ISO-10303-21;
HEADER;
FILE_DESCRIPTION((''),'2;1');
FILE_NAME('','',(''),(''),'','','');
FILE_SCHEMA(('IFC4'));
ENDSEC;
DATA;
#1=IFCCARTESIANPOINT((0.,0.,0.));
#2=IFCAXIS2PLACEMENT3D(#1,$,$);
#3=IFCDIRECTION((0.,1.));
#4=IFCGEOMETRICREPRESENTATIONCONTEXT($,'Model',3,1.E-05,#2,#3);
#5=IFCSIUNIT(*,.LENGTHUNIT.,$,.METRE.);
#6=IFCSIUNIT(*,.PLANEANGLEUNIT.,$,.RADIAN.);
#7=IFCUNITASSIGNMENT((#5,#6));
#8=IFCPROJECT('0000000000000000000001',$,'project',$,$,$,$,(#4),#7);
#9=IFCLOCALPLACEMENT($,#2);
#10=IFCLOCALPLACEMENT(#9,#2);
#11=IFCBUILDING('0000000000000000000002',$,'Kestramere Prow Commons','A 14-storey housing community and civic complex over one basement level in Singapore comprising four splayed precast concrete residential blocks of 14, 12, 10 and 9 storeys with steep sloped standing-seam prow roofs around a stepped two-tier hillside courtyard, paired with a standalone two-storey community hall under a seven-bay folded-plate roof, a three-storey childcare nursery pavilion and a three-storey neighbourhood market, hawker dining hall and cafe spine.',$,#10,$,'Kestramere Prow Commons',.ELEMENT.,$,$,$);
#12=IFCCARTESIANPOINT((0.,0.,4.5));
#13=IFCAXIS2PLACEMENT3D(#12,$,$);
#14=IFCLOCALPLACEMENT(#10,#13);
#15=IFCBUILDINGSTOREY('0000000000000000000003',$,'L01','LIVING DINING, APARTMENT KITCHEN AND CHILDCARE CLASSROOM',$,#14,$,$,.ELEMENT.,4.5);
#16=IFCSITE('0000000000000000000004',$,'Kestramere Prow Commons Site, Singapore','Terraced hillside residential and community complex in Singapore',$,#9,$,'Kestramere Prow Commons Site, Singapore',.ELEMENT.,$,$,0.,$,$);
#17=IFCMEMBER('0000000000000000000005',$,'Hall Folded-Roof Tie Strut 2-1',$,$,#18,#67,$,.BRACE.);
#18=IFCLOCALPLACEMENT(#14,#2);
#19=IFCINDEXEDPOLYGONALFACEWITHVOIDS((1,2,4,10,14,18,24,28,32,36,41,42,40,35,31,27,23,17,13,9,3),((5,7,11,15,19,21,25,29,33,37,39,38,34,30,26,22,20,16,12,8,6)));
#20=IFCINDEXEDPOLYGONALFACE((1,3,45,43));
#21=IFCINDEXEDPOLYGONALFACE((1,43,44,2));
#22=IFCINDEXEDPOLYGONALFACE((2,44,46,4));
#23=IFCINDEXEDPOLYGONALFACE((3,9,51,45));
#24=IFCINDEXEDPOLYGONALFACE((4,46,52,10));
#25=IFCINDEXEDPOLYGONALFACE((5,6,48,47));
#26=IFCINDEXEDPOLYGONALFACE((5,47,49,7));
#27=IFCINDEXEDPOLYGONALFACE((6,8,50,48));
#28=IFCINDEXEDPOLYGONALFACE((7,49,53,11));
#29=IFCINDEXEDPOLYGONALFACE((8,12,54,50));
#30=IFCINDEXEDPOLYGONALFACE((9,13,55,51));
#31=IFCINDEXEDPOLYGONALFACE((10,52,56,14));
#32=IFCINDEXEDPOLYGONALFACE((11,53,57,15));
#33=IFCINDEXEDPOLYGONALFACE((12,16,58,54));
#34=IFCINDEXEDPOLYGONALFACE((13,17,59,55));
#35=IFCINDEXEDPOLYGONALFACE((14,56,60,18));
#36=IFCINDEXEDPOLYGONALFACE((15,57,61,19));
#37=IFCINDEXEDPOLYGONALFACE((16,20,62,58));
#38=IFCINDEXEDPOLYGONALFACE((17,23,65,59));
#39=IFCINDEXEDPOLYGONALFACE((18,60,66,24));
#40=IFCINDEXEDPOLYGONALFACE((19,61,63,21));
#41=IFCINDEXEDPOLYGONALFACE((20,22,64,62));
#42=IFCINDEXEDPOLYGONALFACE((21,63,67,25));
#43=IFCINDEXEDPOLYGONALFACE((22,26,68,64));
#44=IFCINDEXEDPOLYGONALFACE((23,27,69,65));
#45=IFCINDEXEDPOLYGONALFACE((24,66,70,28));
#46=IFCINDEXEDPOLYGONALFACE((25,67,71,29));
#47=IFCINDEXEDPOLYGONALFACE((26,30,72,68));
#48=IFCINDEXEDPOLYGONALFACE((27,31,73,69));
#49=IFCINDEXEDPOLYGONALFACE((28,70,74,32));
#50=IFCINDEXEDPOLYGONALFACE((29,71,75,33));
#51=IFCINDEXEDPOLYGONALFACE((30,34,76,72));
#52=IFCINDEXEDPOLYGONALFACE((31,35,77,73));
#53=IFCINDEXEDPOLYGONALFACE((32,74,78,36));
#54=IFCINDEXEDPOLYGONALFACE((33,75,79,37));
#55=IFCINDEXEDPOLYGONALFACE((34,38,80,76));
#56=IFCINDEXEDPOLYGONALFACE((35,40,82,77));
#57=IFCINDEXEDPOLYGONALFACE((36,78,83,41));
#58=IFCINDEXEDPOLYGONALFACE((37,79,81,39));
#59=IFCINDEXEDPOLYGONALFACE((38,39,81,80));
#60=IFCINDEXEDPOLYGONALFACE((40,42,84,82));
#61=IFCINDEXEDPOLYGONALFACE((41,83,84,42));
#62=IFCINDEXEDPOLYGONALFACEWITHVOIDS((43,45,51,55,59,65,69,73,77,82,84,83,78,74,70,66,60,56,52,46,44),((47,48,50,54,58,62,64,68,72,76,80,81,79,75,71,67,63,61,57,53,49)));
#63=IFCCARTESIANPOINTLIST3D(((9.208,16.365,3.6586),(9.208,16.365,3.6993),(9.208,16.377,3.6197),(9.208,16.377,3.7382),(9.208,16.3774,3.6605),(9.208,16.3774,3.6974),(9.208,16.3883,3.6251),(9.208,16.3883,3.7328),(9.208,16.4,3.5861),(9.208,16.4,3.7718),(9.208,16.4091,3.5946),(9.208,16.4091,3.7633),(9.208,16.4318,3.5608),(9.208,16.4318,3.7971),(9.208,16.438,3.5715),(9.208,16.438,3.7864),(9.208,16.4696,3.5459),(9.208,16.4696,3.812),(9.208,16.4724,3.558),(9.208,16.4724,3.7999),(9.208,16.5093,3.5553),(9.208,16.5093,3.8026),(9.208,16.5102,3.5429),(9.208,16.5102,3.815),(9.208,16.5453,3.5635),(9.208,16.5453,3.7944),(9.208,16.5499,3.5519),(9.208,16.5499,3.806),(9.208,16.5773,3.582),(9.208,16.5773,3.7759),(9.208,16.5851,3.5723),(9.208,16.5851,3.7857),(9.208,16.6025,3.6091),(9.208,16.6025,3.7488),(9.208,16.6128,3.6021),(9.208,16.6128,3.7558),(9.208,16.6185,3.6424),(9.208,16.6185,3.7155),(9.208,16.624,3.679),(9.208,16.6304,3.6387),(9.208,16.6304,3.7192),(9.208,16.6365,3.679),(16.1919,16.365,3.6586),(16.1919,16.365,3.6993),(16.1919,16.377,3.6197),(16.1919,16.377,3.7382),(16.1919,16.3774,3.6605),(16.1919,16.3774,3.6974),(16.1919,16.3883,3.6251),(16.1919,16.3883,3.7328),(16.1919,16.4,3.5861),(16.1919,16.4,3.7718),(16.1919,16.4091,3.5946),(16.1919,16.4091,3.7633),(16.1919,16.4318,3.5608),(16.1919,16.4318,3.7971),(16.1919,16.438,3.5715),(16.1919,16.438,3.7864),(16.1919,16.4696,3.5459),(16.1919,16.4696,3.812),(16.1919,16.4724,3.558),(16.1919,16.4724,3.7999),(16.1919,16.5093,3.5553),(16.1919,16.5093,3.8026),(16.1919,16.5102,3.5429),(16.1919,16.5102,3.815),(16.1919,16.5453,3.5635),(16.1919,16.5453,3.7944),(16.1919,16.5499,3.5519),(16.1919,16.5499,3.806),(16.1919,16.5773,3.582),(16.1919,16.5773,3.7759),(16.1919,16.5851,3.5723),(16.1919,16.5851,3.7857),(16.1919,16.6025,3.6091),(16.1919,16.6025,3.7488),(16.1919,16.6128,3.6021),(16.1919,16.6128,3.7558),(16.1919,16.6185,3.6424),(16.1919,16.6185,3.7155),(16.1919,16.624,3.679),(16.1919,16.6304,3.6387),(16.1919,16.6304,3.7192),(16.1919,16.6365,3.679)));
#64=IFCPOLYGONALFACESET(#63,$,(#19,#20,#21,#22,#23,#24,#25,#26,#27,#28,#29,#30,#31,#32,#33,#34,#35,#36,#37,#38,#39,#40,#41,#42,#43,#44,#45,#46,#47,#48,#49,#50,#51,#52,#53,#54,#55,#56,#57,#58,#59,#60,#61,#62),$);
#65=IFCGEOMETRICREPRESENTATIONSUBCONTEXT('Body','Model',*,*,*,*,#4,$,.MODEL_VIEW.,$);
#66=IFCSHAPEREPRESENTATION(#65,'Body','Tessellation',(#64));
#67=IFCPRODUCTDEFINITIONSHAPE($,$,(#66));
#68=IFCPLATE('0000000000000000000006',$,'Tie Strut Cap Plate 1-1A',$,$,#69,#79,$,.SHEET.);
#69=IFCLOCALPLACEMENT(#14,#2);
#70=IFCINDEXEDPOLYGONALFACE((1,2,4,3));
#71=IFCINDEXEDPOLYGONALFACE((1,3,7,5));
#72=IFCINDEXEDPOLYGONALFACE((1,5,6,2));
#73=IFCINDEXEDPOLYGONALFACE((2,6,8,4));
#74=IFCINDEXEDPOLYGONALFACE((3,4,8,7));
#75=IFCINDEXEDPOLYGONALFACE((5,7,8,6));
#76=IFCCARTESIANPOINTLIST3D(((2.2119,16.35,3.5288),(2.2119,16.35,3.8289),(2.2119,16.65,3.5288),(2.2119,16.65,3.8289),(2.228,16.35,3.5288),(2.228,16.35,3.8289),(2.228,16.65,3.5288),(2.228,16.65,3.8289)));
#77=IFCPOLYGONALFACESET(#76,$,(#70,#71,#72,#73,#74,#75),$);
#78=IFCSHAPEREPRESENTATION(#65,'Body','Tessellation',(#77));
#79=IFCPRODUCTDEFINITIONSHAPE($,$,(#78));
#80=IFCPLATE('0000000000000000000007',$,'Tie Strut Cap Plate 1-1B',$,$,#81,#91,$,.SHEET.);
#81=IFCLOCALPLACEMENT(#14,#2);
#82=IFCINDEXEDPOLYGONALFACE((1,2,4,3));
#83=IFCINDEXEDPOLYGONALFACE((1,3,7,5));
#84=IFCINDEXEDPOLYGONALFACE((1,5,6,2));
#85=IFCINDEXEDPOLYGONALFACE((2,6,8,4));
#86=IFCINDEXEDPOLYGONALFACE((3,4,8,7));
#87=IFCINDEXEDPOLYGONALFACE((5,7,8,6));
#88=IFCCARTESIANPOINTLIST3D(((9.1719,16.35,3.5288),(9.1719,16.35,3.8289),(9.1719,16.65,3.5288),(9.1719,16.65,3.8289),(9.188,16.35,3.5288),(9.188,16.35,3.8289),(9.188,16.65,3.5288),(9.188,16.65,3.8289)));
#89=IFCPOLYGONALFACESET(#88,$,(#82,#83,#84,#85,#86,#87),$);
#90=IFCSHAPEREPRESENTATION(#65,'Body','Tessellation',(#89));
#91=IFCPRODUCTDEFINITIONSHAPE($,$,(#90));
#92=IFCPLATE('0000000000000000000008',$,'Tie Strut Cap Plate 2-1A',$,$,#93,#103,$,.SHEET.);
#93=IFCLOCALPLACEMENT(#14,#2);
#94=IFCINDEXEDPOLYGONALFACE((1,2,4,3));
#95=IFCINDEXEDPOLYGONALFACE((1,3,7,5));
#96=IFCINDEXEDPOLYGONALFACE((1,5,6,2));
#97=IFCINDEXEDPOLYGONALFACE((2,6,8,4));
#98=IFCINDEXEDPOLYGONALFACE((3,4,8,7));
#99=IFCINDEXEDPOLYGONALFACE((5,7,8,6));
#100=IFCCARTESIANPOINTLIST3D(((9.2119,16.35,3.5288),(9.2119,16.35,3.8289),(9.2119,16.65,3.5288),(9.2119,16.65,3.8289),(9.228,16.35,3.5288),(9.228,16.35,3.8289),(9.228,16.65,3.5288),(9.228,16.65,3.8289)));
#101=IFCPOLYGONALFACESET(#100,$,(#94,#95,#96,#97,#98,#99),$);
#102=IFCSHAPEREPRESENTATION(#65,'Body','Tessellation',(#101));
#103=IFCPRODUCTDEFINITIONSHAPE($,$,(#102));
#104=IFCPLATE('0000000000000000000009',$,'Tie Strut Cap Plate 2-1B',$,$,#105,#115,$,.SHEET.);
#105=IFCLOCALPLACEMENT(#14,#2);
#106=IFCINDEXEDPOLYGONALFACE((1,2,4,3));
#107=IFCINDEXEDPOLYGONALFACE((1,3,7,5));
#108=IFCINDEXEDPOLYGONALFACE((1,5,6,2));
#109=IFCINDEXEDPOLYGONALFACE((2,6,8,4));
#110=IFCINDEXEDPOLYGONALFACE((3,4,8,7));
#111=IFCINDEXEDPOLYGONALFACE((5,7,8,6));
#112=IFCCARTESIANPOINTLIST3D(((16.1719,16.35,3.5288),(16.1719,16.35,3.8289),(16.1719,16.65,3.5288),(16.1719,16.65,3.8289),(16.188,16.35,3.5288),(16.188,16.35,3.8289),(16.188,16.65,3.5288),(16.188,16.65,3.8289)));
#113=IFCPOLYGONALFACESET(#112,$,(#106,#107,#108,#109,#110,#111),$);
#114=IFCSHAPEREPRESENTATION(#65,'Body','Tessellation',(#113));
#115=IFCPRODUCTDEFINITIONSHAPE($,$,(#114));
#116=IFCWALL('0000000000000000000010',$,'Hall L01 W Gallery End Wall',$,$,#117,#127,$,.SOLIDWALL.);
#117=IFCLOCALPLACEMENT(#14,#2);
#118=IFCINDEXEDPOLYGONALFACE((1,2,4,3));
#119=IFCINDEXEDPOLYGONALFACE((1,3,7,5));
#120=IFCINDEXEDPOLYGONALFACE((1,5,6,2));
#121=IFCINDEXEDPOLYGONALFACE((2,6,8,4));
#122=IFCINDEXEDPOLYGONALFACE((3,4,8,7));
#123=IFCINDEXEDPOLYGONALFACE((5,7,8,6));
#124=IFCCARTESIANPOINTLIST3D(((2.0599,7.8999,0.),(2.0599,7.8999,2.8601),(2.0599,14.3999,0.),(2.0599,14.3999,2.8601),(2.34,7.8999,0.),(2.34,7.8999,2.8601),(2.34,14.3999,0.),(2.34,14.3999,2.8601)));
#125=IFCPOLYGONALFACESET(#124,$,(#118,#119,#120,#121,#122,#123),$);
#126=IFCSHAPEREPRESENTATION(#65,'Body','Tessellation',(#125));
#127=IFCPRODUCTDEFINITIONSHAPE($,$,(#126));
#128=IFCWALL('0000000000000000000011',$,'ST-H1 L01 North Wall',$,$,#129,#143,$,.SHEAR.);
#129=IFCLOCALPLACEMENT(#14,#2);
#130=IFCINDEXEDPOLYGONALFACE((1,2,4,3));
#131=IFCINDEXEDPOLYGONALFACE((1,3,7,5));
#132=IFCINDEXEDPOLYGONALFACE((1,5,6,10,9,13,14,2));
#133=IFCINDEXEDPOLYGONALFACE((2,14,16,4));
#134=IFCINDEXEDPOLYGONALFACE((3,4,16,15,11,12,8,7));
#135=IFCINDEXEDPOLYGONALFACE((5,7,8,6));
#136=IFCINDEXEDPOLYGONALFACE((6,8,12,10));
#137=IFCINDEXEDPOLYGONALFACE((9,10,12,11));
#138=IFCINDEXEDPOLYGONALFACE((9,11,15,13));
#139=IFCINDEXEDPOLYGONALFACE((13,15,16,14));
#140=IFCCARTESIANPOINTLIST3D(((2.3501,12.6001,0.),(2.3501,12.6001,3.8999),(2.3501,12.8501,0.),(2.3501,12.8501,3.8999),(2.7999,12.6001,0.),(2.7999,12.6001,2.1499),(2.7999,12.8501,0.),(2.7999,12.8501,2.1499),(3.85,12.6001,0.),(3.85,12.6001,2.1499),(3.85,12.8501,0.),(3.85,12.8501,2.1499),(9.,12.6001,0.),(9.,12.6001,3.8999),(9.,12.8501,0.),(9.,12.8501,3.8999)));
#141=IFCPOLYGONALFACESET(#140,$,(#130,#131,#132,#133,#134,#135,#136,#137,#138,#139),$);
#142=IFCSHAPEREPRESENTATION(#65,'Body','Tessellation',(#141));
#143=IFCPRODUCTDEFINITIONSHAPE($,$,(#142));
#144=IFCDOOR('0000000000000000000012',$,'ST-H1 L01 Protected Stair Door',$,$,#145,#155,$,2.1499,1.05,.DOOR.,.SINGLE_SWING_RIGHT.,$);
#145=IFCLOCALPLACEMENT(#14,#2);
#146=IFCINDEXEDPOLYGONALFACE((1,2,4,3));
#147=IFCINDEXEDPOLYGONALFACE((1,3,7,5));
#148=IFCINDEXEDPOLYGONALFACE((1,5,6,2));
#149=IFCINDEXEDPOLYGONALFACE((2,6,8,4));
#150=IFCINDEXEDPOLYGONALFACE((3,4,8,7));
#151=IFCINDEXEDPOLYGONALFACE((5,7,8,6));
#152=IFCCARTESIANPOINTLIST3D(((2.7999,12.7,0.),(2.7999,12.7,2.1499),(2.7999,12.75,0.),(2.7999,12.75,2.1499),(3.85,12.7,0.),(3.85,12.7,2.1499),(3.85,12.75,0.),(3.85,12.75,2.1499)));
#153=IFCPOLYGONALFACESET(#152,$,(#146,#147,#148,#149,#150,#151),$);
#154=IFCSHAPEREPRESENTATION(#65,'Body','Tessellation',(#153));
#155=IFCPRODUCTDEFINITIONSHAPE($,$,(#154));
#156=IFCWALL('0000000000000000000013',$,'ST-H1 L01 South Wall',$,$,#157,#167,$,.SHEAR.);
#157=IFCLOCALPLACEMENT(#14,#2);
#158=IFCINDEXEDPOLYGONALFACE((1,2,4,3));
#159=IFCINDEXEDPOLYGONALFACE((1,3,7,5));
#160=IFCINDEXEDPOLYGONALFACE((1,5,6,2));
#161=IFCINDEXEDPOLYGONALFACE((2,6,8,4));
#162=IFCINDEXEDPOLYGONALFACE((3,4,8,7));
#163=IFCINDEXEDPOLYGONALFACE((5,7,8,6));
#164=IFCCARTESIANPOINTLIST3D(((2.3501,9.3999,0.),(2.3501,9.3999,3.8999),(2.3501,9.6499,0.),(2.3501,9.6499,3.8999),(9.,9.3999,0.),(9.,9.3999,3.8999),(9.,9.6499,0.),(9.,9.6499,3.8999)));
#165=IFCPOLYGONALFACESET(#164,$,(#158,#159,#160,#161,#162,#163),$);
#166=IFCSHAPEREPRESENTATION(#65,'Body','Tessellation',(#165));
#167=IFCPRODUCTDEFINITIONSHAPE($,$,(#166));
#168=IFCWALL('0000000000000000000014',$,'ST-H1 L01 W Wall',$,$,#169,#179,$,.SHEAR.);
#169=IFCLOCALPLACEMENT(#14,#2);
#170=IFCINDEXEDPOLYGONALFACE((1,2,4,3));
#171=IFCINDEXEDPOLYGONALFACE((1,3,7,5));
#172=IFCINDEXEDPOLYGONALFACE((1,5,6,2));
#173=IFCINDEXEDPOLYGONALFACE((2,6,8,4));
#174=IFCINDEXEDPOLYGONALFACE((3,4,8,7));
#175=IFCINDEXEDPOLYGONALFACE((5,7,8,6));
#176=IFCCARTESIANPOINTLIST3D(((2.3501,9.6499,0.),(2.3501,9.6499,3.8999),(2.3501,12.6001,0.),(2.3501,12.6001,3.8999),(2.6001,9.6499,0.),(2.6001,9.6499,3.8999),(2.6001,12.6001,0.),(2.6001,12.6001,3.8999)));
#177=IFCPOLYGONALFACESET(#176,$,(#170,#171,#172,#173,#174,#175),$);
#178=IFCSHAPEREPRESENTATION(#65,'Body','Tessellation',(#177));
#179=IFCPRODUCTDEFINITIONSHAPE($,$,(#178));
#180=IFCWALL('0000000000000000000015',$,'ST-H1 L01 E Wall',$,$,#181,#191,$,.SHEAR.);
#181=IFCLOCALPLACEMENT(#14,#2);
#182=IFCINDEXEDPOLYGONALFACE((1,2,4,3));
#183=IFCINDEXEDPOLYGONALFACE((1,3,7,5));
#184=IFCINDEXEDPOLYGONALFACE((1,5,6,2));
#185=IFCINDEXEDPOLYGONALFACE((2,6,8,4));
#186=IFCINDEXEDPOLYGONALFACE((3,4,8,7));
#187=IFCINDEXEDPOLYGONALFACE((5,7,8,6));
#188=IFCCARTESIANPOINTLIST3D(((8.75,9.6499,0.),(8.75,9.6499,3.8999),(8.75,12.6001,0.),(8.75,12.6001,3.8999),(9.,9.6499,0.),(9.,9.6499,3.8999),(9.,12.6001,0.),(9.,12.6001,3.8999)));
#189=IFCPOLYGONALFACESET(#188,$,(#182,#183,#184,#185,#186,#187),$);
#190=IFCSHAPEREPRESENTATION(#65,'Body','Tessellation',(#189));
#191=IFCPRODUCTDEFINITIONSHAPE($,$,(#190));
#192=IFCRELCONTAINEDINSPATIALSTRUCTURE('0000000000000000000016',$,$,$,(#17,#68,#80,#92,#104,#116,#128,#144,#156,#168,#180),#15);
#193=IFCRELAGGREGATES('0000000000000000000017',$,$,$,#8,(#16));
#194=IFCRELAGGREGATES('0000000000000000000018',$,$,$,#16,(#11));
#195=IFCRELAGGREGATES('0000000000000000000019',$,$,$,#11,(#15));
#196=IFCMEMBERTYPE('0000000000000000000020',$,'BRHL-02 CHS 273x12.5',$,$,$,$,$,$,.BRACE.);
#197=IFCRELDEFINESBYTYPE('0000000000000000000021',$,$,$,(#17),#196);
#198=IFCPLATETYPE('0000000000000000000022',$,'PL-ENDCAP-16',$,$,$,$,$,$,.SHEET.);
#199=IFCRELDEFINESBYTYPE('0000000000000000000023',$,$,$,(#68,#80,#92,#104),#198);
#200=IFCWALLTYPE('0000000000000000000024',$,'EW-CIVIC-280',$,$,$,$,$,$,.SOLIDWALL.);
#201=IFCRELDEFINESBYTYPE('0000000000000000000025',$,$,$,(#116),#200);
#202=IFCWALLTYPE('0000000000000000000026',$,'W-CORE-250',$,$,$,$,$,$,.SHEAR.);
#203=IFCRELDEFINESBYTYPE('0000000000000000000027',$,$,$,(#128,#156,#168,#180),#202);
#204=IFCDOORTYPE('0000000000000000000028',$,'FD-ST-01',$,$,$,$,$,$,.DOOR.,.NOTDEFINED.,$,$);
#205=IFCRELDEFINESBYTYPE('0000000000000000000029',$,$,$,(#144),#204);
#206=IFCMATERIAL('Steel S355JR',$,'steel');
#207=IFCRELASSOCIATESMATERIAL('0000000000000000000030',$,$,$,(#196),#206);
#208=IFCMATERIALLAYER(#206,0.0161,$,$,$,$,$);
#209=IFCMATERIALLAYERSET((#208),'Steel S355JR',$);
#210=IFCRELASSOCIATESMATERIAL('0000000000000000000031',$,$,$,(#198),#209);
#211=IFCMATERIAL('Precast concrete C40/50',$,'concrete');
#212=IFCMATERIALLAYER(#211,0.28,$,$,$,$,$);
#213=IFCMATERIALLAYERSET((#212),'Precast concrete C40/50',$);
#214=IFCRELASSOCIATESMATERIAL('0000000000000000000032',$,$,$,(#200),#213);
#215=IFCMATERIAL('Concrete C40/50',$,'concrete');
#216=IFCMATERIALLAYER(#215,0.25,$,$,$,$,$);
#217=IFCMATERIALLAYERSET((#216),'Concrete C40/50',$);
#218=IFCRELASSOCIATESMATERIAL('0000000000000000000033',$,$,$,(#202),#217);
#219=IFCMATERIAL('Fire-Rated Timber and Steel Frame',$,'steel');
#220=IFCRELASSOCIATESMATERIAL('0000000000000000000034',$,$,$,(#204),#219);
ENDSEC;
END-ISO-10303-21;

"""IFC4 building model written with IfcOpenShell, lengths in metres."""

from ifc_helpers import new_model, si_unit, direction, frame, frame_2d, origin, origin_2d, place, context, subcontext, project, spatial, rectangle, hollow_circle, extrude, material, layer, layer_set, material_profile, profile_set, type_object, element, fill, save


model = new_model("IFC4")

# Units and contexts
model_context = context("Model", 3, precision=1e-05, world=origin(), true_north=direction((0.0, 1.0)))
body_context = subcontext(model_context, "Body", "Model", "MODEL_VIEW")
ifc_project = project(units=[si_unit("LENGTHUNIT", "METRE"), si_unit("PLANEANGLEUNIT", "RADIAN")], contexts=[model_context])

# Site, building, storey
site_placement = place(None, origin())
site = spatial("IfcSite", under=ifc_project, at=site_placement, Name="Kestramere Prow Commons Site, Singapore", Description="Terraced hillside residential and community complex in Singapore", LongName="Kestramere Prow Commons Site, Singapore", CompositionType="ELEMENT", RefElevation=0.0)
building_placement = place(site_placement, origin())
building = spatial("IfcBuilding", under=site, at=building_placement, Name="Kestramere Prow Commons", Description="A 14-storey housing community and civic complex over one basement level in Singapore comprising four splayed precast concrete residential blocks of 14, 12, 10 and 9 storeys with steep sloped standing-seam prow roofs around a stepped two-tier hillside courtyard, paired with a standalone two-storey community hall under a seven-bay folded-plate roof, a three-storey childcare nursery pavilion and a three-storey neighbourhood market, hawker dining hall and cafe spine.", LongName="Kestramere Prow Commons", CompositionType="ELEMENT")
storey_placement = place(building_placement, frame((0.0, 0.0, 4.5)))
storey = spatial("IfcBuildingStorey", under=building, at=storey_placement, Name="L01", Description="LIVING DINING, APARTMENT KITCHEN AND CHILDCARE CLASSROOM", CompositionType="ELEMENT", Elevation=4.5)

# Shared definitions
ifc_material_1 = material(Name="Steel S355JR", Category="steel")

# Member
ifc_material_profile_1 = material_profile(ifc_material_1, hollow_circle(Radius=0.1365, WallThickness=0.0125, at=origin_2d()), Name="CHS 273x12.5")
ifc_profile_set_1 = profile_set([ifc_material_profile_1], Name="Steel S355JR")
member_type = type_object("IfcMemberType", Name="BRHL-02 CHS 273x12.5", PredefinedType="BRACE", material=ifc_profile_set_1)
for number, where, z_axis, x_axis, name in (
    (1, (9.208, 16.5, 3.679), (1.0, 0.0, 0.0), (0.0, 1.0, 0.0), "Hall Folded-Roof Tie Strut 2-1"),
):
    element("IfcMember", number, at=place(storey_placement, frame(where, z_axis=z_axis, x_axis=x_axis)), inside=storey, type_object=member_type, Name=name, PredefinedType="BRACE", context=body_context, shape_type="SweptSolid", body=[
        extrude(hollow_circle(Radius=0.1365, WallThickness=0.0125, at=origin_2d()), origin(), (0.0, 0.0, 1.0), 6.9839),
    ])

# Plates
ifc_layer_1 = layer(ifc_material_1, 0.0161)
ifc_layer_set_1 = layer_set([ifc_layer_1], Name="Steel S355JR")
plate_type = type_object("IfcPlateType", Name="PL-ENDCAP-16", PredefinedType="SHEET", material=ifc_layer_set_1)
for number, where, z_axis, x_axis, name in (
    (2, (2.22, 16.5, 3.5288), (0.0, 0.0, 1.0), (1.0, 0.0, 0.0), "Tie Strut Cap Plate 1-1A"),
    (3, (9.1799, 16.5, 3.5288), (0.0, 0.0, 1.0), (1.0, 0.0, 0.0), "Tie Strut Cap Plate 1-1B"),
    (4, (9.22, 16.5, 3.5288), (0.0, 0.0, 1.0), (1.0, 0.0, 0.0), "Tie Strut Cap Plate 2-1A"),
    (5, (16.1799, 16.5, 3.5288), (0.0, 0.0, 1.0), (1.0, 0.0, 0.0), "Tie Strut Cap Plate 2-1B"),
):
    element("IfcPlate", number, at=place(storey_placement, frame(where, z_axis=z_axis, x_axis=x_axis)), inside=storey, type_object=plate_type, Name=name, PredefinedType="SHEET", context=body_context, shape_type="SweptSolid", body=[
        extrude(rectangle(XDim=0.0161, YDim=0.3, at=origin_2d()), origin(), (0.0, 0.0, 1.0), 0.3),
    ])

# Wall
ifc_material_2 = material(Name="Precast concrete C40/50", Category="concrete")
ifc_layer_2 = layer(ifc_material_2, 0.28)
ifc_layer_set_2 = layer_set([ifc_layer_2], Name="Precast concrete C40/50")
wall_type_1 = type_object("IfcWallType", Name="EW-CIVIC-280", PredefinedType="SOLIDWALL", material=ifc_layer_set_2)
wall_1_placement = place(storey_placement, frame((2.2, 7.8999, 0.0), z_axis=(0.0, 0.0, 1.0), x_axis=(0.0, 1.0, 0.0)))
element("IfcWall", 6, at=wall_1_placement, inside=storey, type_object=wall_type_1, Name="Hall L01 W Gallery End Wall", PredefinedType="SOLIDWALL", context=body_context, shape_type="SweptSolid", body=[
    extrude(rectangle(XDim=6.5, YDim=0.28, at=frame_2d((3.25, 0.0))), origin(), (0.0, 0.0, 1.0), 2.8601),
])

# Wall, opening, door
ifc_material_3 = material(Name="Concrete C40/50", Category="concrete")
ifc_layer_3 = layer(ifc_material_3, 0.25)
ifc_layer_set_3 = layer_set([ifc_layer_3], Name="Concrete C40/50")
wall_type_2 = type_object("IfcWallType", Name="W-CORE-250", PredefinedType="SHEAR", material=ifc_layer_set_3)
wall_2_placement = place(storey_placement, frame((2.3501, 12.7251, 0.0), z_axis=(0.0, 0.0, 1.0), x_axis=(1.0, 0.0, 0.0)))
wall_2 = element("IfcWall", 7, at=wall_2_placement, inside=storey, type_object=wall_type_2, Name="ST-H1 L01 North Wall", PredefinedType="SHEAR", context=body_context, shape_type="SweptSolid", body=[
    extrude(rectangle(XDim=6.6499, YDim=0.25, at=frame_2d((3.325, 0.0))), origin(), (0.0, 0.0, 1.0), 3.8999),
])
opening_1_placement = place(wall_2_placement, frame((0.45, 0.0, 0.0)))
opening_1 = element("IfcOpeningElement", 8, at=opening_1_placement, cuts=wall_2, PredefinedType="OPENING", context=body_context, shape_type="SweptSolid", body=[
    extrude(rectangle(XDim=1.05, YDim=2.1499, at=frame_2d((0.5249, 1.075))), frame((0.0, 0.1399, 0.0), z_axis=(0.0, -1.0, 0.0), x_axis=(1.0, 0.0, 0.0)), (0.0, 0.0, 1.0), 0.28),
])
ifc_material_4 = material(Name="Fire-Rated Timber and Steel Frame", Category="steel")
door_type_1 = type_object("IfcDoorType", Name="FD-ST-01", OperationType="NOTDEFINED", PredefinedType="DOOR", material=ifc_material_4)
door_1_placement = place(opening_1_placement, origin())
door_1 = element("IfcDoor", 9, at=door_1_placement, inside=storey, type_object=door_type_1, Name="ST-H1 L01 Protected Stair Door", OperationType="SINGLE_SWING_RIGHT", OverallHeight=2.1499, OverallWidth=1.05, PredefinedType="DOOR", context=body_context, shape_type="SweptSolid", body=[
    extrude(rectangle(XDim=1.05, YDim=2.1499, at=frame_2d((0.5249, 1.075))), frame((0.0, 0.0249, 0.0), z_axis=(0.0, -1.0, 0.0), x_axis=(1.0, 0.0, 0.0)), (0.0, 0.0, 1.0), 0.05),
])
fill(opening_1, door_1)

# Walls
wall_3_placement = place(storey_placement, frame((2.3501, 9.5249, 0.0), z_axis=(0.0, 0.0, 1.0), x_axis=(1.0, 0.0, 0.0)))
element("IfcWall", 10, at=wall_3_placement, inside=storey, type_object=wall_type_2, Name="ST-H1 L01 South Wall", PredefinedType="SHEAR", context=body_context, shape_type="SweptSolid", body=[
    extrude(rectangle(XDim=6.6499, YDim=0.25, at=frame_2d((3.325, 0.0))), origin(), (0.0, 0.0, 1.0), 3.8999),
])
for number, where, z_axis, x_axis, name in (
    (11, (2.4751, 9.6499, 0.0), (0.0, 0.0, 1.0), (0.0, 1.0, 0.0), "ST-H1 L01 W Wall"),
    (12, (8.875, 9.6499, 0.0), (0.0, 0.0, 1.0), (0.0, 1.0, 0.0), "ST-H1 L01 E Wall"),
):
    element("IfcWall", number, at=place(storey_placement, frame(where, z_axis=z_axis, x_axis=x_axis)), inside=storey, type_object=wall_type_2, Name=name, PredefinedType="SHEAR", context=body_context, shape_type="SweptSolid", body=[
        extrude(rectangle(XDim=2.9502, YDim=0.25, at=frame_2d((1.4751, 0.0))), origin(), (0.0, 0.0, 1.0), 3.8999),
    ])

save(model, "model.ifc")
